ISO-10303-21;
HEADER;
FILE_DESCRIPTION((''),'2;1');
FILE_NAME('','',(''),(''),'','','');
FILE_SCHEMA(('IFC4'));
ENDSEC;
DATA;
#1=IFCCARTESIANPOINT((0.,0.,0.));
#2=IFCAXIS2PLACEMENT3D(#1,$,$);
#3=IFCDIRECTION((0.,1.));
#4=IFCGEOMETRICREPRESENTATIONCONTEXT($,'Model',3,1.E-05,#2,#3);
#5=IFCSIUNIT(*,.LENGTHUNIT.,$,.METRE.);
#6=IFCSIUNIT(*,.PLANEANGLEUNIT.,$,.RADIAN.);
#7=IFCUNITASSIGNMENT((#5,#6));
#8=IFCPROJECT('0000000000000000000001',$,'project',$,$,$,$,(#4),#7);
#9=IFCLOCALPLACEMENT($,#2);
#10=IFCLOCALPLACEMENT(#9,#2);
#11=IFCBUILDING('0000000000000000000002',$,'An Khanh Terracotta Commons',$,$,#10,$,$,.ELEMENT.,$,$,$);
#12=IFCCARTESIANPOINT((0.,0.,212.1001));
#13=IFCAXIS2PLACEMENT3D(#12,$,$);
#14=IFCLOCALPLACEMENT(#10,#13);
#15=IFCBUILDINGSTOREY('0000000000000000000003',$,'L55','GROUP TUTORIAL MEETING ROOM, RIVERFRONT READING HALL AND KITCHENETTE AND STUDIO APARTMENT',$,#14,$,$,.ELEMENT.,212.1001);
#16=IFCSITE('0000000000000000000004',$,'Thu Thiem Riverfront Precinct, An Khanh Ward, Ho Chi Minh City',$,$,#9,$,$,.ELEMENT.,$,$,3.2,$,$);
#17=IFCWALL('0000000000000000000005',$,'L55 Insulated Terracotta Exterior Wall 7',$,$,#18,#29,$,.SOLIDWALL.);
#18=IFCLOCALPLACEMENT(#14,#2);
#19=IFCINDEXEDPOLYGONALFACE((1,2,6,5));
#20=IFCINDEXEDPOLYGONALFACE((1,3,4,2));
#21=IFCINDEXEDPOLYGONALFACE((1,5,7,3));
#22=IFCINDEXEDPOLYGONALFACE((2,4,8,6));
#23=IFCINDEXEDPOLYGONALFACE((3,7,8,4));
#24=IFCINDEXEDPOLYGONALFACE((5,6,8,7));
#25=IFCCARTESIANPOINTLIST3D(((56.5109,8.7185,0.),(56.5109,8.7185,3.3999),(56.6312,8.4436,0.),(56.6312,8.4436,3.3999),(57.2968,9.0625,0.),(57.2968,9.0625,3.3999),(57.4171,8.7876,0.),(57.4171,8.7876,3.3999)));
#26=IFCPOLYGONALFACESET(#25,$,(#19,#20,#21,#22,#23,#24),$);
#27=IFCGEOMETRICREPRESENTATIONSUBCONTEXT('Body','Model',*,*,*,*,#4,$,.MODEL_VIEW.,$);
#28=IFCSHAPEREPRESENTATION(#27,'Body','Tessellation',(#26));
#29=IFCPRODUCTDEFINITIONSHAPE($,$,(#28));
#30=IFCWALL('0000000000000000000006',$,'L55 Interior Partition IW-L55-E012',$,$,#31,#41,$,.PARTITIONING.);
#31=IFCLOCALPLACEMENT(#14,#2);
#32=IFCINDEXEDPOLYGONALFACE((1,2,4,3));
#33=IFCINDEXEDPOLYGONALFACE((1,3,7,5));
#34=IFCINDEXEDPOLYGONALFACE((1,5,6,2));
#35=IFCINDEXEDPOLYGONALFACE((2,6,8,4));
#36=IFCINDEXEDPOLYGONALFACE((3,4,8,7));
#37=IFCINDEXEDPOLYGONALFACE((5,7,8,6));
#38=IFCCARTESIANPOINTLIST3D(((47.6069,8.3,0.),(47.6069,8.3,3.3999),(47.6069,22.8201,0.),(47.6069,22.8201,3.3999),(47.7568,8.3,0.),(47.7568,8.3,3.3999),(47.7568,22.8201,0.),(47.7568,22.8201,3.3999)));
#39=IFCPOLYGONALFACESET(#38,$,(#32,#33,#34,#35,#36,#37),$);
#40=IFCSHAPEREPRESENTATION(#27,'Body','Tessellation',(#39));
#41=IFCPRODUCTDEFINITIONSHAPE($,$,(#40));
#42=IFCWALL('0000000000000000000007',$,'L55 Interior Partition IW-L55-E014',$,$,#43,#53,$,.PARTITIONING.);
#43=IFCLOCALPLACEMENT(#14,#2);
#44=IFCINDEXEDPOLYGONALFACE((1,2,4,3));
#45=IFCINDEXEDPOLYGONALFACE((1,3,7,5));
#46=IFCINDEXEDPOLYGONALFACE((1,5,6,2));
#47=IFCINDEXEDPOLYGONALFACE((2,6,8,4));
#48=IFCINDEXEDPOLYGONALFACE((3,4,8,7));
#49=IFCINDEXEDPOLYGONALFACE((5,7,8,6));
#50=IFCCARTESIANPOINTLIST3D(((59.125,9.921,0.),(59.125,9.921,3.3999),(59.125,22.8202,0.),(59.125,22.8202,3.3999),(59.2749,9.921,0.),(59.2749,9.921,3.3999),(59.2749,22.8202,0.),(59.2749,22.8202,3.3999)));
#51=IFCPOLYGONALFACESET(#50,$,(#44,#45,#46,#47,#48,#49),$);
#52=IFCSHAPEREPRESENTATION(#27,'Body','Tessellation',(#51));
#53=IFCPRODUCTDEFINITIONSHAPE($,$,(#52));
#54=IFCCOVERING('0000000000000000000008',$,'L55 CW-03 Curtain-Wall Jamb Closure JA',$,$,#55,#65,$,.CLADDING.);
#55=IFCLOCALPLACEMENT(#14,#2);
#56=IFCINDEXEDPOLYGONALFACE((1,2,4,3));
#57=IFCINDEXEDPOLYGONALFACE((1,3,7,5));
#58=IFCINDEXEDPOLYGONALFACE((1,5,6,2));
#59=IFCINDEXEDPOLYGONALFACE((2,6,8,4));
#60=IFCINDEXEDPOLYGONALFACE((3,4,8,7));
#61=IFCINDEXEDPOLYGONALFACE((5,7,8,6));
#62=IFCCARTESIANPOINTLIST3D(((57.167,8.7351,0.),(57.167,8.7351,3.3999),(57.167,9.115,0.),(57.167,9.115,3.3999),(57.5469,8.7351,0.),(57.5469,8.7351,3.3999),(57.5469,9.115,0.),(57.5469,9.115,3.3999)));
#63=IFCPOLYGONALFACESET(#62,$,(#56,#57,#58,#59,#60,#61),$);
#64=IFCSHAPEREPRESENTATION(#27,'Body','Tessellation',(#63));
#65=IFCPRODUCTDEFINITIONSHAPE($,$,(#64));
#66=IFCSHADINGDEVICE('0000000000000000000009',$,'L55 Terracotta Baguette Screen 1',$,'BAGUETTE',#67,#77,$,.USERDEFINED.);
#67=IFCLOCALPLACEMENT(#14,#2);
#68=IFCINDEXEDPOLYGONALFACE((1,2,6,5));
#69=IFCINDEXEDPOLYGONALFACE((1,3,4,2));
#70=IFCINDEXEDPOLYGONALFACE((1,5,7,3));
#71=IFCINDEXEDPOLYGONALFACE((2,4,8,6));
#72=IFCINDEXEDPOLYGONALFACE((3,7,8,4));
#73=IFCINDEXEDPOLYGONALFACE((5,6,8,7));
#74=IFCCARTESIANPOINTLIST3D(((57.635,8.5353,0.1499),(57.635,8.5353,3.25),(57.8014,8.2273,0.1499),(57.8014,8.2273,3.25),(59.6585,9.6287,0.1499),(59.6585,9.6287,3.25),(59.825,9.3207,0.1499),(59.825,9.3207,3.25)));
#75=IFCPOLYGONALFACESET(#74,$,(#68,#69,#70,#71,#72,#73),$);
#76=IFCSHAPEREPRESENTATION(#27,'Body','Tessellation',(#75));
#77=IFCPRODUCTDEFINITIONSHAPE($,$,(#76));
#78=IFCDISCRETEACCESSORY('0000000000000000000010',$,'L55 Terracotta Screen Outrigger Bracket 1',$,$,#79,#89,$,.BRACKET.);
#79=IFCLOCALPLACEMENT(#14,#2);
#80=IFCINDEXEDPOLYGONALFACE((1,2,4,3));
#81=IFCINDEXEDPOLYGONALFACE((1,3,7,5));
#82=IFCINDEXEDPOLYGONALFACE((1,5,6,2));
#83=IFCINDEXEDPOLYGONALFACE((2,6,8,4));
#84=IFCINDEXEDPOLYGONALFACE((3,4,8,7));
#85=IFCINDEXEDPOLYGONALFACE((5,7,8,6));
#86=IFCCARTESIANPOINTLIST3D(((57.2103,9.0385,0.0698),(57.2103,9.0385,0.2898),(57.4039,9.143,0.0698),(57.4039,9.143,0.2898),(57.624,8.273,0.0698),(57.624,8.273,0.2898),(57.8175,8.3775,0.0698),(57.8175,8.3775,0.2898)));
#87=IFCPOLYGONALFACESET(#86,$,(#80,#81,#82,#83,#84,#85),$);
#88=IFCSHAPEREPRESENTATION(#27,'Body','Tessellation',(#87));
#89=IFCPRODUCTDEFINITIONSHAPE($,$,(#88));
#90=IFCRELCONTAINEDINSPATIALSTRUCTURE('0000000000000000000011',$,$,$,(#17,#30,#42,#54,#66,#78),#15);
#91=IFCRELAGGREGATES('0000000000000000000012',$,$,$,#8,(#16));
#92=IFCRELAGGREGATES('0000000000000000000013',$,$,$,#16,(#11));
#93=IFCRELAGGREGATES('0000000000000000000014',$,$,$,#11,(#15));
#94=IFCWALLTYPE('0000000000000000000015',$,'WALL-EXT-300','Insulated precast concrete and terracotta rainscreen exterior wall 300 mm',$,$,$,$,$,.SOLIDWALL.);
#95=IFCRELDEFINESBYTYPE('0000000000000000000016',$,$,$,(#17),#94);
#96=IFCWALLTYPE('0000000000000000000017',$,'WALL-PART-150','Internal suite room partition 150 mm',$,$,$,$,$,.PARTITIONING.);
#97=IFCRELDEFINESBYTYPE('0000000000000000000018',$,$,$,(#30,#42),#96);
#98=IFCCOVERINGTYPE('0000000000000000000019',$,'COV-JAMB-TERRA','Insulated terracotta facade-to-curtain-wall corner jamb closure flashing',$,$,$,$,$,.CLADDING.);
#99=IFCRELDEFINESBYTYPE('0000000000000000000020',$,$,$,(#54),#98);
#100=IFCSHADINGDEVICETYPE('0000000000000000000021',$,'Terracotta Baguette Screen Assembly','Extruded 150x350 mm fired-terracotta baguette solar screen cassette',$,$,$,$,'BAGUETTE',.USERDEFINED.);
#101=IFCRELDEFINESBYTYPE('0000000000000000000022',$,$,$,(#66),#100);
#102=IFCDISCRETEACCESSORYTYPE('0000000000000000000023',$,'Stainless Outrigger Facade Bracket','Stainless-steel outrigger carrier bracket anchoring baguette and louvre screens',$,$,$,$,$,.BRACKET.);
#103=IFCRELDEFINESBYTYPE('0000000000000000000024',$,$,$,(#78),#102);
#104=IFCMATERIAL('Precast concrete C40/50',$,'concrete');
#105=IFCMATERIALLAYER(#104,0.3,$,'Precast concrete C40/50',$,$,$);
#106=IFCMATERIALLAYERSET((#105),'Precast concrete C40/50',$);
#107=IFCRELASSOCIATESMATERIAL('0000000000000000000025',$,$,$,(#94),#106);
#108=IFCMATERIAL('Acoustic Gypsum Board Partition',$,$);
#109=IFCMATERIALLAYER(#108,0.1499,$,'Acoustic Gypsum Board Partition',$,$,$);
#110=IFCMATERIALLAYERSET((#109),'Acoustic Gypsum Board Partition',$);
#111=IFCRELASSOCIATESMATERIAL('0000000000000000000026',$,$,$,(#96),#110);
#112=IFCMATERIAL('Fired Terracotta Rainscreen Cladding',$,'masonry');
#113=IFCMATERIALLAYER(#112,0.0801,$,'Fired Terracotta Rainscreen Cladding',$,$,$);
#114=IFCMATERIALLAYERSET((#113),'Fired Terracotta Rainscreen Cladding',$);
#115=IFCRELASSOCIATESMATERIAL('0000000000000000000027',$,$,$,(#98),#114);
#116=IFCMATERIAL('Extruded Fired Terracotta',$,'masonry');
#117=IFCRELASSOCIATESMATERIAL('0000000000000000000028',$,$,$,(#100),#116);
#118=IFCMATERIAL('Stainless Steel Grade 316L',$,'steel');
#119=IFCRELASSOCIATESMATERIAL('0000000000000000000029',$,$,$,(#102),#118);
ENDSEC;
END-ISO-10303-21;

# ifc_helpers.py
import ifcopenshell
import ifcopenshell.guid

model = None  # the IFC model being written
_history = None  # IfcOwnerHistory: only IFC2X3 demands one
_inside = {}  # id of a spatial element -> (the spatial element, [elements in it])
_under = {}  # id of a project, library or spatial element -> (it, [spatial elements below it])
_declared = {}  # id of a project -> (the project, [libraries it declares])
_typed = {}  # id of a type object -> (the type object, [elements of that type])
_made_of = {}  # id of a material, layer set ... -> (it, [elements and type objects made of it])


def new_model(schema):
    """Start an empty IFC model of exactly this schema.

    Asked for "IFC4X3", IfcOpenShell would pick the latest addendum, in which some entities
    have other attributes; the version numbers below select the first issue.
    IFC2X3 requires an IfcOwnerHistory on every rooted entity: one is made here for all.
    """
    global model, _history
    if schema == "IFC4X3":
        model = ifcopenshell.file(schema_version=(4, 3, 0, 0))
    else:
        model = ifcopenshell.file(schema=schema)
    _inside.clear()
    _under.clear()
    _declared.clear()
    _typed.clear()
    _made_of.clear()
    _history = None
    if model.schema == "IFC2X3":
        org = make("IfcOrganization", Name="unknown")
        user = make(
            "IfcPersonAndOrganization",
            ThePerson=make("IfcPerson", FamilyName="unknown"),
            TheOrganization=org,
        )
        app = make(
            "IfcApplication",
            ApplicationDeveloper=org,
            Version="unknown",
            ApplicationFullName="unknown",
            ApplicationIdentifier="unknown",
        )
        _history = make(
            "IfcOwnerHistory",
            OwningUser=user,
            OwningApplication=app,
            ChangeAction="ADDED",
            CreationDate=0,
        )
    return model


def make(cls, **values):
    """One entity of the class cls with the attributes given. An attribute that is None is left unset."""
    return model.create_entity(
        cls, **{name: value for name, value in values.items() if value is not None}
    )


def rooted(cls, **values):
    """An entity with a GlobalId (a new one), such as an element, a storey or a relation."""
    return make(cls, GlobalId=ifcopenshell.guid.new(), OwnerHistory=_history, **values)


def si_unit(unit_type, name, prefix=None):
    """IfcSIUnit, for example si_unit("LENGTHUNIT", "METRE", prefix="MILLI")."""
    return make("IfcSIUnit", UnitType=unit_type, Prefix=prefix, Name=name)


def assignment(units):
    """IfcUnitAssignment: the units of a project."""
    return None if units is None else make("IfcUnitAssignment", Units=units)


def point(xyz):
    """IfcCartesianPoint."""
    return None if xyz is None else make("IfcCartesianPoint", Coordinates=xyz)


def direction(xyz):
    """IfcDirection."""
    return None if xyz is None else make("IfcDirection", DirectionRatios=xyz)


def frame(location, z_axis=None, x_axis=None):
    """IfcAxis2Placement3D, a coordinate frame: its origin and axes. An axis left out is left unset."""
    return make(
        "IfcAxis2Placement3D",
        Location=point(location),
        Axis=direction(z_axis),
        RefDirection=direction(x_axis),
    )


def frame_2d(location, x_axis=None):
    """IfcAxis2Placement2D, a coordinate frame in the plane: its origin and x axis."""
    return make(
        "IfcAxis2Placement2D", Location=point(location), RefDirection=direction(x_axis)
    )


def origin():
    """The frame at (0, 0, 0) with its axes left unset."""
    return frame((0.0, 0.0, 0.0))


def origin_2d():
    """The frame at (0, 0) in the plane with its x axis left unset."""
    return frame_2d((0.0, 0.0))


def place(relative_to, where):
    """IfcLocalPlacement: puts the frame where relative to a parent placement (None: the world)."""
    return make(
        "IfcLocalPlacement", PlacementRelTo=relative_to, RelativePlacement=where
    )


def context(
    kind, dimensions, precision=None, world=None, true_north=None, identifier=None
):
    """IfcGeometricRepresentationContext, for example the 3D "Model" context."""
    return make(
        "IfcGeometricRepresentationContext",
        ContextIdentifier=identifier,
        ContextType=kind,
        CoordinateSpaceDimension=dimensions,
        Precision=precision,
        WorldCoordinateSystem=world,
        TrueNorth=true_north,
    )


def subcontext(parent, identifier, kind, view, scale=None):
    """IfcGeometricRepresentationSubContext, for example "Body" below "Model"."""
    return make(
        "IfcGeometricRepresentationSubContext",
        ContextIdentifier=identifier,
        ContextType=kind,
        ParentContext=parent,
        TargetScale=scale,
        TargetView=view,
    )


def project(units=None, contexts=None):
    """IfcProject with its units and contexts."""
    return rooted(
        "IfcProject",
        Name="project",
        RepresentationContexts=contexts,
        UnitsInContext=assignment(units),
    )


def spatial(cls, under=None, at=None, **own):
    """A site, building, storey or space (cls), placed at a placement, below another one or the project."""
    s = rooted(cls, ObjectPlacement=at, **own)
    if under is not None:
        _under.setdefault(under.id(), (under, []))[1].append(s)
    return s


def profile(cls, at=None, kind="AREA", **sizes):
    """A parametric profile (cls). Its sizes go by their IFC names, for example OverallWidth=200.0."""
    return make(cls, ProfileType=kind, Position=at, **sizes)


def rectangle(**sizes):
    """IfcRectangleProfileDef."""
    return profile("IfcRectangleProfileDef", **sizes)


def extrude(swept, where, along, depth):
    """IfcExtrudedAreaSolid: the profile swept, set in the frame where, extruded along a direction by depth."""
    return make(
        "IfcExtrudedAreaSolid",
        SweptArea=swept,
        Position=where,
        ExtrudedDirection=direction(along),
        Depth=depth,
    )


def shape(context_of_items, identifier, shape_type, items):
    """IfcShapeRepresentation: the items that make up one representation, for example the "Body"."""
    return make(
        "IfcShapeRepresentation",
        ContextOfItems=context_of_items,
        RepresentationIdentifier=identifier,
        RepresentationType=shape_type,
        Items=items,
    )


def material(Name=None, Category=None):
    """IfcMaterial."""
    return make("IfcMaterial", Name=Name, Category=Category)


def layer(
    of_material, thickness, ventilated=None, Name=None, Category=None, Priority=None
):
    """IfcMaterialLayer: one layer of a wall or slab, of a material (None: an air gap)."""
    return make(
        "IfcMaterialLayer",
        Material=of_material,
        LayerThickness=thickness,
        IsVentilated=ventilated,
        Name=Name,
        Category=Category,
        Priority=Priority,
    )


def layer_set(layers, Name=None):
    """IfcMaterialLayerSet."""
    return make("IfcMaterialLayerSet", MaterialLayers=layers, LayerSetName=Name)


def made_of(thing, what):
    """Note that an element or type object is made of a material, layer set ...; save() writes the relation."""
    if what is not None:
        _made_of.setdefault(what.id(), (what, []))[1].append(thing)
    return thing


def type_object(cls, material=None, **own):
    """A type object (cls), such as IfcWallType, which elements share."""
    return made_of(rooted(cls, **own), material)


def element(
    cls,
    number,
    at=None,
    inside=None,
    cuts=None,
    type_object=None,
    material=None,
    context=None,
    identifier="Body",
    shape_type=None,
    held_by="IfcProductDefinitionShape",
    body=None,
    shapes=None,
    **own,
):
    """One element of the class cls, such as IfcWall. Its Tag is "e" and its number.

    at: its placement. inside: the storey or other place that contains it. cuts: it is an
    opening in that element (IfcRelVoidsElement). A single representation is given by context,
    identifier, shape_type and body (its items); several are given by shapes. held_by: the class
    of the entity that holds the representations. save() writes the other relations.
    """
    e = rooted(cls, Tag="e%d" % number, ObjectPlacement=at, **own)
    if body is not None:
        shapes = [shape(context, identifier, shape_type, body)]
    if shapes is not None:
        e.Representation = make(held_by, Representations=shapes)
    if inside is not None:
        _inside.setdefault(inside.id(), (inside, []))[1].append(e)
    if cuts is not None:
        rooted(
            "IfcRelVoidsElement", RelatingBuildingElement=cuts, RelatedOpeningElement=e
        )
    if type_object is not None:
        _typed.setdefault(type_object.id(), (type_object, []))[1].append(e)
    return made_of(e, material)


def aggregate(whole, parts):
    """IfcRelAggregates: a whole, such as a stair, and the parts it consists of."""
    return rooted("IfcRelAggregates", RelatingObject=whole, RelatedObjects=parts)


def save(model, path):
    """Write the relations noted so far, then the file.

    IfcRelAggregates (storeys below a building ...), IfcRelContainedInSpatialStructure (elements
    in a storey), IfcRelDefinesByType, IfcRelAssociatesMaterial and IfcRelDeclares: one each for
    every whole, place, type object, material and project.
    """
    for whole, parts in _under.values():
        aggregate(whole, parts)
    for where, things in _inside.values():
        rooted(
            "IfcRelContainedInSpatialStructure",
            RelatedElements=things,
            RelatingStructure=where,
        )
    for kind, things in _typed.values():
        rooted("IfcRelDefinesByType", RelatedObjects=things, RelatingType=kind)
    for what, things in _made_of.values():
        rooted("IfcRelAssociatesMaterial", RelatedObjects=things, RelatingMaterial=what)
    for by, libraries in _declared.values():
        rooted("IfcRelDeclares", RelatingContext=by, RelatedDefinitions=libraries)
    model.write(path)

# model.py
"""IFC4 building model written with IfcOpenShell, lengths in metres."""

from ifc_helpers import new_model, si_unit, direction, frame, frame_2d, origin, origin_2d, place, context, subcontext, project, spatial, rectangle, extrude, material, layer, layer_set, type_object, element, save


model = new_model("IFC4")

# Units and contexts
model_context = context("Model", 3, precision=1e-05, world=origin(), true_north=direction((0.0, 1.0)))
body_context = subcontext(model_context, "Body", "Model", "MODEL_VIEW")
ifc_project = project(units=[si_unit("LENGTHUNIT", "METRE"), si_unit("PLANEANGLEUNIT", "RADIAN")], contexts=[model_context])

# Site, building, storey
site_placement = place(None, origin())
site = spatial("IfcSite", under=ifc_project, at=site_placement, Name="Thu Thiem Riverfront Precinct, An Khanh Ward, Ho Chi Minh City", CompositionType="ELEMENT", RefElevation=3.2)
building_placement = place(site_placement, origin())
building = spatial("IfcBuilding", under=site, at=building_placement, Name="An Khanh Terracotta Commons", CompositionType="ELEMENT")
storey_placement = place(building_placement, frame((0.0, 0.0, 212.1001)))
storey = spatial("IfcBuildingStorey", under=building, at=storey_placement, Name="L55", Description="GROUP TUTORIAL MEETING ROOM, RIVERFRONT READING HALL AND KITCHENETTE AND STUDIO APARTMENT", CompositionType="ELEMENT", Elevation=212.1001)

# Walls
ifc_material_1 = material(Name="Precast concrete C40/50", Category="concrete")
ifc_layer_1 = layer(ifc_material_1, 0.3, Name="Precast concrete C40/50")
ifc_layer_set_1 = layer_set([ifc_layer_1], Name="Precast concrete C40/50")
wall_type_1 = type_object("IfcWallType", Name="WALL-EXT-300", Description="Insulated precast concrete and terracotta rainscreen exterior wall 300 mm", PredefinedType="SOLIDWALL", material=ifc_layer_set_1)
wall_1_placement = place(storey_placement, frame((56.571, 8.5811, 0.0), z_axis=(0.0, 0.0, 1.0), x_axis=(0.916085, 0.400983, 0.0)))
element("IfcWall", 1, at=wall_1_placement, inside=storey, type_object=wall_type_1, Name="L55 Insulated Terracotta Exterior Wall 7", PredefinedType="SOLIDWALL", context=body_context, shape_type="SweptSolid", body=[
    extrude(rectangle(XDim=0.8579, YDim=0.3, at=frame_2d((0.429, 0.0))), origin(), (0.0, 0.0, 1.0), 3.3999),
])
ifc_material_2 = material(Name="Acoustic Gypsum Board Partition")
ifc_layer_2 = layer(ifc_material_2, 0.1499, Name="Acoustic Gypsum Board Partition")
ifc_layer_set_2 = layer_set([ifc_layer_2], Name="Acoustic Gypsum Board Partition")
wall_type_2 = type_object("IfcWallType", Name="WALL-PART-150", Description="Internal suite room partition 150 mm", PredefinedType="PARTITIONING", material=ifc_layer_set_2)
wall_2_placement = place(storey_placement, frame((47.6819, 8.3, 0.0), z_axis=(0.0, 0.0, 1.0), x_axis=(0.0, 1.0, 0.0)))
element("IfcWall", 2, at=wall_2_placement, inside=storey, type_object=wall_type_2, Name="L55 Interior Partition IW-L55-E012", PredefinedType="PARTITIONING", context=body_context, shape_type="SweptSolid", body=[
    extrude(rectangle(XDim=14.52, YDim=0.1499, at=frame_2d((7.26, 0.0))), origin(), (0.0, 0.0, 1.0), 3.3999),
])
wall_3_placement = place(storey_placement, frame((59.2, 9.9209, 0.0), z_axis=(0.0, 0.0, 1.0), x_axis=(0.0, 1.0, 0.0)))
element("IfcWall", 3, at=wall_3_placement, inside=storey, type_object=wall_type_2, Name="L55 Interior Partition IW-L55-E014", PredefinedType="PARTITIONING", context=body_context, shape_type="SweptSolid", body=[
    extrude(rectangle(XDim=12.8992, YDim=0.1499, at=frame_2d((6.4497, 0.0))), origin(), (0.0, 0.0, 1.0), 3.3999),
])

# Covering
ifc_material_3 = material(Name="Fired Terracotta Rainscreen Cladding", Category="masonry")
ifc_layer_3 = layer(ifc_material_3, 0.0801, Name="Fired Terracotta Rainscreen Cladding")
ifc_layer_set_3 = layer_set([ifc_layer_3], Name="Fired Terracotta Rainscreen Cladding")
covering_type = type_object("IfcCoveringType", Name="COV-JAMB-TERRA", Description="Insulated terracotta facade-to-curtain-wall corner jamb closure flashing", PredefinedType="CLADDING", material=ifc_layer_set_3)
covering_placement = place(storey_placement, frame((57.3569, 8.925, 0.0), z_axis=(0.0, 0.0, 1.0), x_axis=(1.0, 0.0, 0.0)))
element("IfcCovering", 4, at=covering_placement, inside=storey, type_object=covering_type, Name="L55 CW-03 Curtain-Wall Jamb Closure JA", PredefinedType="CLADDING", context=body_context, shape_type="SweptSolid", body=[
    extrude(rectangle(XDim=0.3799, YDim=0.3799, at=origin_2d()), origin(), (0.0, 0.0, 1.0), 3.3999),
])

# Shading device
ifc_material_4 = material(Name="Extruded Fired Terracotta", Category="masonry")
shading_device_type = type_object("IfcShadingDeviceType", Name="Terracotta Baguette Screen Assembly", Description="Extruded 150x350 mm fired-terracotta baguette solar screen cassette", ElementType="BAGUETTE", PredefinedType="USERDEFINED", material=ifc_material_4)
shading_device_placement = place(storey_placement, frame((58.73, 8.928, 0.1499), z_axis=(0.0, 0.0, 1.0), x_axis=(0.87978, 0.475381, 0.0)))
element("IfcShadingDevice", 5, at=shading_device_placement, inside=storey, type_object=shading_device_type, Name="L55 Terracotta Baguette Screen 1", ObjectType="BAGUETTE", PredefinedType="USERDEFINED", context=body_context, shape_type="SweptSolid", body=[
    extrude(rectangle(XDim=2.3, YDim=0.3501, at=origin_2d()), origin(), (0.0, 0.0, 1.0), 3.1001),
])

# Discrete accessory
ifc_material_5 = material(Name="Stainless Steel Grade 316L", Category="steel")
discrete_accessory_type = type_object("IfcDiscreteAccessoryType", Name="Stainless Outrigger Facade Bracket", Description="Stainless-steel outrigger carrier bracket anchoring baguette and louvre screens", PredefinedType="BRACKET", material=ifc_material_5)
discrete_accessory_placement = place(storey_placement, frame((57.5139, 8.708, 0.0698), z_axis=(0.0, 0.0, 1.0), x_axis=(0.87978, 0.475381, 0.0)))
element("IfcDiscreteAccessory", 6, at=discrete_accessory_placement, inside=storey, type_object=discrete_accessory_type, Name="L55 Terracotta Screen Outrigger Bracket 1", PredefinedType="BRACKET", context=body_context, shape_type="SweptSolid", body=[
    extrude(rectangle(XDim=0.22, YDim=0.8701, at=origin_2d()), origin(), (0.0, 0.0, 1.0), 0.22),
])

save(model, "model.ifc")
